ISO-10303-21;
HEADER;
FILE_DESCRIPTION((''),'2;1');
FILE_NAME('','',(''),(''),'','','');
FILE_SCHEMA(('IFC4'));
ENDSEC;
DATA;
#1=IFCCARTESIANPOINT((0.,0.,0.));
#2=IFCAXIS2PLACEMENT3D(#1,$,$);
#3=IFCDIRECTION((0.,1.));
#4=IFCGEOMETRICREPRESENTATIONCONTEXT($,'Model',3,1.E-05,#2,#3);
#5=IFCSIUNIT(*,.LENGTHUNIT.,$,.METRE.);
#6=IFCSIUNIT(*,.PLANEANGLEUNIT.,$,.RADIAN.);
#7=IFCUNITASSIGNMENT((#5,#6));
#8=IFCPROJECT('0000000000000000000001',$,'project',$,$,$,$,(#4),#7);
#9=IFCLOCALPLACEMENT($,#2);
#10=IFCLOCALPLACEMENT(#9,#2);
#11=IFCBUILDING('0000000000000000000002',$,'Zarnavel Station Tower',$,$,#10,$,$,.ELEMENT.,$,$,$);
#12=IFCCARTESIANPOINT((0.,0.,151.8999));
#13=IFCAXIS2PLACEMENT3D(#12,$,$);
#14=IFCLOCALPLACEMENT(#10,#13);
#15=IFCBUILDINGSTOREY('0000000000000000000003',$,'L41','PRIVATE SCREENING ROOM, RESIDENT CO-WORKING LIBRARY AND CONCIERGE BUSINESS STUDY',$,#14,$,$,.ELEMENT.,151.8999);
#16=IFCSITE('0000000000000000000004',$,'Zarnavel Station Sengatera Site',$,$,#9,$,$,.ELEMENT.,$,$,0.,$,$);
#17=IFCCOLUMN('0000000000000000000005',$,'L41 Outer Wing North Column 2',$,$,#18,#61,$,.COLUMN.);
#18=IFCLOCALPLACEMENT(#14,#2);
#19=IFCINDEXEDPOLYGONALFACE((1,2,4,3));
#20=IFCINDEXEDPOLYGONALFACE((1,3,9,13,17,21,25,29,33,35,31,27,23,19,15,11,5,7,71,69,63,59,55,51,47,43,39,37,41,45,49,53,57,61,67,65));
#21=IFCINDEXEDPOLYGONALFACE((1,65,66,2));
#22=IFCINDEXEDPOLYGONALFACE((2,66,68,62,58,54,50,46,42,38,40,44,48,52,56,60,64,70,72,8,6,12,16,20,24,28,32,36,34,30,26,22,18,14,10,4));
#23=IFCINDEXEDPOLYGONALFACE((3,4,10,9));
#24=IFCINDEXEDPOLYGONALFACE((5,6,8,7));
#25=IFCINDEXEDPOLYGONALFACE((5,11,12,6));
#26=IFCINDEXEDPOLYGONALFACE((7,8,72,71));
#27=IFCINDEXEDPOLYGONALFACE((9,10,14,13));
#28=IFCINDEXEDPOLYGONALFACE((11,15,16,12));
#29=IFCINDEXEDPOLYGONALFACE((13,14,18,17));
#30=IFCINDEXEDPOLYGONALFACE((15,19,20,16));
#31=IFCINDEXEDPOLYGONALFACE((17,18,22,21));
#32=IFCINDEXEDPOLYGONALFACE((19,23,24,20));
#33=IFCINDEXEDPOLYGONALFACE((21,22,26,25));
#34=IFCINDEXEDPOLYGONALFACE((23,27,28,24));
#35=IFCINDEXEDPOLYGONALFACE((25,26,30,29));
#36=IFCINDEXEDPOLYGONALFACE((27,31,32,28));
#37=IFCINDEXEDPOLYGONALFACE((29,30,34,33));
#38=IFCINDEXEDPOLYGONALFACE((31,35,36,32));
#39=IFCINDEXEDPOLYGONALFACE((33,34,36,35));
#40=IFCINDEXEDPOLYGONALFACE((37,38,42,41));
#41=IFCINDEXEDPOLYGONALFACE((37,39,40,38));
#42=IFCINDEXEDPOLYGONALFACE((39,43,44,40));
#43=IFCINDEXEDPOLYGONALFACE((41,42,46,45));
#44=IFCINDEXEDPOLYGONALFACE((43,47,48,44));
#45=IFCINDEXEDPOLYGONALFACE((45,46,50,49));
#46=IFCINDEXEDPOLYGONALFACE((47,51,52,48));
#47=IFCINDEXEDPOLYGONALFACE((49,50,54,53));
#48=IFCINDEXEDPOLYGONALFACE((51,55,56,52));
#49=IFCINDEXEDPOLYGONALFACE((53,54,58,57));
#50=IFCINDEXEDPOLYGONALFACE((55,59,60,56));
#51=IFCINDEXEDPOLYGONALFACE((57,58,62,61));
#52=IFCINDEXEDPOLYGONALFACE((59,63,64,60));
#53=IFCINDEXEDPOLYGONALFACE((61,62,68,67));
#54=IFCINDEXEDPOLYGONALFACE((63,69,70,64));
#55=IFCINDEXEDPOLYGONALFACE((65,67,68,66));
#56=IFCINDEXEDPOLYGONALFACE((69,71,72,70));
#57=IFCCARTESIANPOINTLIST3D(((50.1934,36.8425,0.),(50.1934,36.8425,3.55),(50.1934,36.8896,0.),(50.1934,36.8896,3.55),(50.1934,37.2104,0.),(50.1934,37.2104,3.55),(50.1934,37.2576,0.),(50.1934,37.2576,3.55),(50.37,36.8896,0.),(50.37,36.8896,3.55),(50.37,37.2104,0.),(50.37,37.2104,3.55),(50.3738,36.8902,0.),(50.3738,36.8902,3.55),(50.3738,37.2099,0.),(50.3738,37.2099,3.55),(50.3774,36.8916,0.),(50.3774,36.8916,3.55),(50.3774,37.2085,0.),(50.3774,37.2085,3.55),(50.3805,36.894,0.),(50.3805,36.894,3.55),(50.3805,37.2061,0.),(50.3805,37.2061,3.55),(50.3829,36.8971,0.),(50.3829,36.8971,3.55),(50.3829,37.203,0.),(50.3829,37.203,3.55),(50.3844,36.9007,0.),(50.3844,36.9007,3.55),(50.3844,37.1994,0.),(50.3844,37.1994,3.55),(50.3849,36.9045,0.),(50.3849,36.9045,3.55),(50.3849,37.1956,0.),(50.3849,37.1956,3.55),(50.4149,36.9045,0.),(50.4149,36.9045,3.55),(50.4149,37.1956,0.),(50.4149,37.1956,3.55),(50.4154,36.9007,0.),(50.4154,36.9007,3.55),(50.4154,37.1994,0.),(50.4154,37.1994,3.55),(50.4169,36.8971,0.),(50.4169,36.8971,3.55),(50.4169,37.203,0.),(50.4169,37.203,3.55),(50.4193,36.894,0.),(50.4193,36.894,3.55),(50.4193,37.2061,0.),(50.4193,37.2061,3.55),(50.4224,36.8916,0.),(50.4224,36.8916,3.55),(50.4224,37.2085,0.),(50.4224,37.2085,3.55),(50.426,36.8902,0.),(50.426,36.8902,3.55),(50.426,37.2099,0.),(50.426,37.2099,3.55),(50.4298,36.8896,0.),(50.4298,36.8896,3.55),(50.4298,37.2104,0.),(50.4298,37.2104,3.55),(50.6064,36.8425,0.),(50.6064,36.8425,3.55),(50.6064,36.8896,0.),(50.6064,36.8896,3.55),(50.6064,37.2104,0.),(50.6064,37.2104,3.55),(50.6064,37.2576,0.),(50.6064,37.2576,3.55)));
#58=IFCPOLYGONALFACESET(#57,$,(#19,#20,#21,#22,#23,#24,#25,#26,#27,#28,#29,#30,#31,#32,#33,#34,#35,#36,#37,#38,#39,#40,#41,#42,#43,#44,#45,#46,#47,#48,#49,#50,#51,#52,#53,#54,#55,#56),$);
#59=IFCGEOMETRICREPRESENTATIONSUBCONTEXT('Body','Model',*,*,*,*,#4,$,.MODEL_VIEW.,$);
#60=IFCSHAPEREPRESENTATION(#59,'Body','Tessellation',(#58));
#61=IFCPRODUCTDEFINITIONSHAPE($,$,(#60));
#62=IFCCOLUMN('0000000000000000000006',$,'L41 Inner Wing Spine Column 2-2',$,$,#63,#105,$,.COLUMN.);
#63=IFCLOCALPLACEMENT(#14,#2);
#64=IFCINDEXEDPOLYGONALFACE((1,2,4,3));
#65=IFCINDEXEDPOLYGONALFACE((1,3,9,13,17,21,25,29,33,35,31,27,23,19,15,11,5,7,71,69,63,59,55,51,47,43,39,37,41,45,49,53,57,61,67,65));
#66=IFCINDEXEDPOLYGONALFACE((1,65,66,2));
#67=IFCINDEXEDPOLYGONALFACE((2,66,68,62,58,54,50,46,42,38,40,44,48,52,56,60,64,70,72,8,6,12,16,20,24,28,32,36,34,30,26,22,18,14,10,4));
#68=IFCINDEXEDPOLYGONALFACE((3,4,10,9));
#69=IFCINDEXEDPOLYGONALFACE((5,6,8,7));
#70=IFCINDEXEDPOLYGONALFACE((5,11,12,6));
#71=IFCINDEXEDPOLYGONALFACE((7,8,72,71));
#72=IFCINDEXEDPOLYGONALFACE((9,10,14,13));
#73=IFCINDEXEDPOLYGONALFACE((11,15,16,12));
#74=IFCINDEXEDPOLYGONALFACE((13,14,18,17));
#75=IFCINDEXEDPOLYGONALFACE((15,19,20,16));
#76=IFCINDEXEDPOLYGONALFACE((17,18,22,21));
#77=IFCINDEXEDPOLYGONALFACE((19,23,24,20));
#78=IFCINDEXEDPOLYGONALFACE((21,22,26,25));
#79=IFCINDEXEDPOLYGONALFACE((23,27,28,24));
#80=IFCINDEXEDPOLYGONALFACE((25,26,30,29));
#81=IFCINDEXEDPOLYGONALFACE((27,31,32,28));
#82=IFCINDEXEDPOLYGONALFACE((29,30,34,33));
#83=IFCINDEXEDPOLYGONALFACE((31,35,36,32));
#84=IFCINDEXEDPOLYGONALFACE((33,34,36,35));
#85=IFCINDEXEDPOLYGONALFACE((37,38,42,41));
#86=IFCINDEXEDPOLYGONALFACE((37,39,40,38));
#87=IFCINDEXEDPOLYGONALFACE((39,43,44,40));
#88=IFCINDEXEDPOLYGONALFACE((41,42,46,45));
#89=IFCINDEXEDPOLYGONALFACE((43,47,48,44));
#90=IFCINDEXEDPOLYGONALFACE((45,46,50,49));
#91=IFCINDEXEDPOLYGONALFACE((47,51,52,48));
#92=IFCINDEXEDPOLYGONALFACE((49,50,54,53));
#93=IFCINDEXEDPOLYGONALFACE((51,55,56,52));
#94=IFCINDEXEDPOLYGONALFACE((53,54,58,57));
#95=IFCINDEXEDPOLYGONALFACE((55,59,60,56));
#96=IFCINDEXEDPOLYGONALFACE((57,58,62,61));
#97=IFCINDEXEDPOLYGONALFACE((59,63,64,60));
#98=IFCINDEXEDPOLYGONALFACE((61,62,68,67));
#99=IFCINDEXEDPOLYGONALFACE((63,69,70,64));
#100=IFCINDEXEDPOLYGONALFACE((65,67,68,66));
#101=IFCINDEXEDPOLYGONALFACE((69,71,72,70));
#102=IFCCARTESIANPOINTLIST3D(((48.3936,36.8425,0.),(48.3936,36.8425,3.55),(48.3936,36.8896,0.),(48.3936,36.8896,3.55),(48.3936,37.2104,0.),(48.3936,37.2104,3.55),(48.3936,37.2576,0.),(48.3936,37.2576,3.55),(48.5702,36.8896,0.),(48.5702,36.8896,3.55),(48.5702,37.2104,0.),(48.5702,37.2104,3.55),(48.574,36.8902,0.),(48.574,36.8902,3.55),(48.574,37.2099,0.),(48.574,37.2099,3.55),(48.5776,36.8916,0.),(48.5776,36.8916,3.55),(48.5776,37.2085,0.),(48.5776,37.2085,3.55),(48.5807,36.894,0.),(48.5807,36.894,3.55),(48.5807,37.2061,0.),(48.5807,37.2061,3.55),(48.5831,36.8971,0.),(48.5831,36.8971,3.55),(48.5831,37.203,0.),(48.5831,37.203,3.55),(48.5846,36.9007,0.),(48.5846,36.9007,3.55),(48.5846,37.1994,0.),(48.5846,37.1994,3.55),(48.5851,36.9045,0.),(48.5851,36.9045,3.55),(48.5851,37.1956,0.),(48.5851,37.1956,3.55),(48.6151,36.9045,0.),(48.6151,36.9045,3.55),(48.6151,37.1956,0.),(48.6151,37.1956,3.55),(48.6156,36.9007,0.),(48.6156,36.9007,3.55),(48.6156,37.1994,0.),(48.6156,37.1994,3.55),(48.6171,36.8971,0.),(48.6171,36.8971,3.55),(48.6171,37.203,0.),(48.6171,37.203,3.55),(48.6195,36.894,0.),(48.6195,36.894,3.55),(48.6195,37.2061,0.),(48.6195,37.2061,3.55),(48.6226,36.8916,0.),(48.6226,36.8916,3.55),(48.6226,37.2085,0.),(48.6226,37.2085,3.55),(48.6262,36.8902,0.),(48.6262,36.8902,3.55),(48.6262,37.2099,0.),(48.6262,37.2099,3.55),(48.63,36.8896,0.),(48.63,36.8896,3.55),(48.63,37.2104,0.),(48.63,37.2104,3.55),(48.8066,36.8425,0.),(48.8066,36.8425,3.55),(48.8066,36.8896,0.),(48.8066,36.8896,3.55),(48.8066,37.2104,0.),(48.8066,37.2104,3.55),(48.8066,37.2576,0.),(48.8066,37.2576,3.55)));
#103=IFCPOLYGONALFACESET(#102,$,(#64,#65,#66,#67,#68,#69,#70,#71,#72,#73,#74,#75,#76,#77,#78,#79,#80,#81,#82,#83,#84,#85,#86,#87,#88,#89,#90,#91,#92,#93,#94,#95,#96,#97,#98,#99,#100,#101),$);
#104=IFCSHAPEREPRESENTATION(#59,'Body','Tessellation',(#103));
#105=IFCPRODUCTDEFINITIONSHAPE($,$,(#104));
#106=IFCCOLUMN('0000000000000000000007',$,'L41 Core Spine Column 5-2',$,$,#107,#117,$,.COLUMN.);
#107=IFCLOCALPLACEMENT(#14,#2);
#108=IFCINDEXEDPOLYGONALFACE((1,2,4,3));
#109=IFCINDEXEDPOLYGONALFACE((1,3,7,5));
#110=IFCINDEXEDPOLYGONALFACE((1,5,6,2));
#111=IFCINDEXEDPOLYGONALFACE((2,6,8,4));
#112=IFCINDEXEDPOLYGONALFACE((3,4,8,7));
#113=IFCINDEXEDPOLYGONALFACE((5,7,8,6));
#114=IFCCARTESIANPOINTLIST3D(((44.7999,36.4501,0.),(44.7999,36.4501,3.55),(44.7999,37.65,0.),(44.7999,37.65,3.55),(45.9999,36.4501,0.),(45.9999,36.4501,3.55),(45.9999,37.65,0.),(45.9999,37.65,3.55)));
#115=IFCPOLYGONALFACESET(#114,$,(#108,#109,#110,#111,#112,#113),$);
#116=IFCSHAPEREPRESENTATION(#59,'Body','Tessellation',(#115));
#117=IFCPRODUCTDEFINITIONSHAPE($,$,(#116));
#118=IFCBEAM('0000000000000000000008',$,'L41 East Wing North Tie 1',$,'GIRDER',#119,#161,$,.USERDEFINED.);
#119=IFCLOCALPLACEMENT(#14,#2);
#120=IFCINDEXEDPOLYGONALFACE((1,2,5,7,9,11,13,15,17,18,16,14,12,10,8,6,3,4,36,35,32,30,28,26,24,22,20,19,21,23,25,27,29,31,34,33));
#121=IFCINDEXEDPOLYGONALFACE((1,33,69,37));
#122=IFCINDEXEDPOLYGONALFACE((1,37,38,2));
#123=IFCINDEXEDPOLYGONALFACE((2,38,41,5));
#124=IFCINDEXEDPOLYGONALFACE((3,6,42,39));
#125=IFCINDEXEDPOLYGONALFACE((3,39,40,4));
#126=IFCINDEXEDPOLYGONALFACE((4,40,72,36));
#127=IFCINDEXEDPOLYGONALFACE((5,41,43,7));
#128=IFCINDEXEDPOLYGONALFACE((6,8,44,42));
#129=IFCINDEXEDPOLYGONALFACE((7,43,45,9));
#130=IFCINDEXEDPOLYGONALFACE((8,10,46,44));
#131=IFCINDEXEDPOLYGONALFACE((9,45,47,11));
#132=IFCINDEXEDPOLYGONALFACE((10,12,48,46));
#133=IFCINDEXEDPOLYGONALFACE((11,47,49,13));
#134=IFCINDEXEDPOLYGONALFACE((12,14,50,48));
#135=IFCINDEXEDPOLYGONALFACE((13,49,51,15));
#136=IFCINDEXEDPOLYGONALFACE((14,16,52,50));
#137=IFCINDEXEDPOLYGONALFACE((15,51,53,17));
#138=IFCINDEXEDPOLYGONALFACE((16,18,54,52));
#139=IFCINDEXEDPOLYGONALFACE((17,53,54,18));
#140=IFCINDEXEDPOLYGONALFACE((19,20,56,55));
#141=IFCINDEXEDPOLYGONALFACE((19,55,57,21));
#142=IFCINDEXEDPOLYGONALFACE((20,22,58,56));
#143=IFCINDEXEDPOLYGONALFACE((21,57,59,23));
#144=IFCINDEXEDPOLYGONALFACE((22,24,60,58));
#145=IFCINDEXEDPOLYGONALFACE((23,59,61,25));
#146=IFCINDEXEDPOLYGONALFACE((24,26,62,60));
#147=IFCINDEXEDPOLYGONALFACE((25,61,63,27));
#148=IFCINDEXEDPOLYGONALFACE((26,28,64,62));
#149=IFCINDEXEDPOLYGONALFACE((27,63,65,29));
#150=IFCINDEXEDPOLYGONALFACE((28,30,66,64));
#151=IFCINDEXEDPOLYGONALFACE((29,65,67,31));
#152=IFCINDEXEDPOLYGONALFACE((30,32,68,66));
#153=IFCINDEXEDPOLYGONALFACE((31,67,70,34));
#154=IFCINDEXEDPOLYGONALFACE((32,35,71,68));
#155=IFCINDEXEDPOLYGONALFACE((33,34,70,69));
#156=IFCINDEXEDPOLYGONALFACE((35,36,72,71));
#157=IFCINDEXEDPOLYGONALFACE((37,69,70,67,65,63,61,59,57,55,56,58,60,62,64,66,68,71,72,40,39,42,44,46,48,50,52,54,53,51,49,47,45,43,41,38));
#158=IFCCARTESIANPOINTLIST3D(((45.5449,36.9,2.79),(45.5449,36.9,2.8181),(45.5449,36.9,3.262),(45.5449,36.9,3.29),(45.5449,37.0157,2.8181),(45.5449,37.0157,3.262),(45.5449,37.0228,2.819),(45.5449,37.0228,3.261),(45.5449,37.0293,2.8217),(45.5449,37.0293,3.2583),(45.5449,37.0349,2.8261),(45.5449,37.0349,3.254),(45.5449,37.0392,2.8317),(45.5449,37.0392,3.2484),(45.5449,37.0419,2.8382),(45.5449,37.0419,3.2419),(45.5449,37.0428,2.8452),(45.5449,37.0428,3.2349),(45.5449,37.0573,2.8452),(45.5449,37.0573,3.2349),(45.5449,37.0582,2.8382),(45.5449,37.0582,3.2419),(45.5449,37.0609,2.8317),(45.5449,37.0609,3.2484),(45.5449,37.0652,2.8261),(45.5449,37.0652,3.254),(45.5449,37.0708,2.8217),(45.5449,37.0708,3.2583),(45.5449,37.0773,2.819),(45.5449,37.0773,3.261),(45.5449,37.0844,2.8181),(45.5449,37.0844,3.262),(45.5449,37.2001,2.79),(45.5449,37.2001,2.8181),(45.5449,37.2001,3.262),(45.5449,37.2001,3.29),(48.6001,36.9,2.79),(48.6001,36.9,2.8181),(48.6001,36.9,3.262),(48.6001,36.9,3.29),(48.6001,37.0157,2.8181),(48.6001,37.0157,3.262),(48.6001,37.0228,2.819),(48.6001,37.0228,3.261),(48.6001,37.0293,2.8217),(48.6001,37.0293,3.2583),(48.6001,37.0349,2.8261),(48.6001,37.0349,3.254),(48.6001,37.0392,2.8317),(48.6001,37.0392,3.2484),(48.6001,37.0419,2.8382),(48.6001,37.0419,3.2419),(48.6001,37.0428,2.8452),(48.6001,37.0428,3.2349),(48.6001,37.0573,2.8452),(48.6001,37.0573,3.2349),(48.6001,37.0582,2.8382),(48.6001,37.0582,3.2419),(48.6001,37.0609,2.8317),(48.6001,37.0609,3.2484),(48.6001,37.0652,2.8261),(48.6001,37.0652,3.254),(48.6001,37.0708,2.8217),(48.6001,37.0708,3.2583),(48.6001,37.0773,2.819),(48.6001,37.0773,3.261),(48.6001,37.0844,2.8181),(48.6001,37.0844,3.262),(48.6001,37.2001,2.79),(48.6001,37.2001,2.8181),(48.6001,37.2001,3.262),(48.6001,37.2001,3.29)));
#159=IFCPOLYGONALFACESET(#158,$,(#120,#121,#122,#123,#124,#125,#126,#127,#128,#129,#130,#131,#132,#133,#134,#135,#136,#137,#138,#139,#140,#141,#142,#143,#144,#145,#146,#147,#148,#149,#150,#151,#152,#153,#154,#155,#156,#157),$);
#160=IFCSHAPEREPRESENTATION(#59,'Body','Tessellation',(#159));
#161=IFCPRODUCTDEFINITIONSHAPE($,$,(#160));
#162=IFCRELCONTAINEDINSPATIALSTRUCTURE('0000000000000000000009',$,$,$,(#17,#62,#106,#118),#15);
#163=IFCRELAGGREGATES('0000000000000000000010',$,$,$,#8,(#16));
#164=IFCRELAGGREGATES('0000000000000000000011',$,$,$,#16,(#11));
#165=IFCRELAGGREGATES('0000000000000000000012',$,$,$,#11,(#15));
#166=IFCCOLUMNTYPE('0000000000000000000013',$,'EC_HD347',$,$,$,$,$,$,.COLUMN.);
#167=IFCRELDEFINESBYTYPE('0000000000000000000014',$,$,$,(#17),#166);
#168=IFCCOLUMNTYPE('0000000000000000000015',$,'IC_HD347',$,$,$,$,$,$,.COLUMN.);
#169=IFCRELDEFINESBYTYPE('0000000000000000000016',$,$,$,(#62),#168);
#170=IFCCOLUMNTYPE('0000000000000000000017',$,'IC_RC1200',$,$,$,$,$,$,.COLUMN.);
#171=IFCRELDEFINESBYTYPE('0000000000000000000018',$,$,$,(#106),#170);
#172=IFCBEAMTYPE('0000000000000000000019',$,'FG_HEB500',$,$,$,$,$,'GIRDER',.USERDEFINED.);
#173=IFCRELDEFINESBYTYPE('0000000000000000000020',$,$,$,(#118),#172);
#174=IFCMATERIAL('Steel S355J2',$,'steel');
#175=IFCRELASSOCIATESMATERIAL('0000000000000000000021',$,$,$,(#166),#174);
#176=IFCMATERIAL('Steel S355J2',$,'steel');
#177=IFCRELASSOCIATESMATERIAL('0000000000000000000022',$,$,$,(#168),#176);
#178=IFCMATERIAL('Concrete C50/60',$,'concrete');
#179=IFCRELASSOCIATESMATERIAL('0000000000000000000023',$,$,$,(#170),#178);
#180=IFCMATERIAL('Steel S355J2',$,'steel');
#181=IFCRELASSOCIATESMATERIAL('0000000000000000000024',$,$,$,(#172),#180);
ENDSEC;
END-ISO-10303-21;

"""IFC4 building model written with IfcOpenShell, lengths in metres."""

from ifc_helpers import new_model, si_unit, direction, frame, origin, origin_2d, place, context, subcontext, project, spatial, rectangle, i_section, extrude, material, material_profile, profile_set, type_object, element, save


model = new_model("IFC4")

# Units and contexts
model_context = context("Model", 3, precision=1e-05, world=origin(), true_north=direction((0.0, 1.0)))
body_context = subcontext(model_context, "Body", "Model", "MODEL_VIEW")
ifc_project = project(units=[si_unit("LENGTHUNIT", "METRE"), si_unit("PLANEANGLEUNIT", "RADIAN")], contexts=[model_context])

# Site, building, storey
site_placement = place(None, origin())
site = spatial("IfcSite", under=ifc_project, at=site_placement, Name="Zarnavel Station Sengatera Site", CompositionType="ELEMENT", RefElevation=0.0)
building_placement = place(site_placement, origin())
building = spatial("IfcBuilding", under=site, at=building_placement, Name="Zarnavel Station Tower", CompositionType="ELEMENT")
storey_placement = place(building_placement, frame((0.0, 0.0, 151.8999)))
storey = spatial("IfcBuildingStorey", under=building, at=storey_placement, Name="L41", Description="PRIVATE SCREENING ROOM, RESIDENT CO-WORKING LIBRARY AND CONCIERGE BUSINESS STUDY", CompositionType="ELEMENT", Elevation=151.8999)

# Columns
ifc_material_1 = material(Name="Steel S355J2", Category="steel")
ifc_material_profile_1 = material_profile(ifc_material_1, i_section(OverallWidth=0.4131, OverallDepth=0.415, WebThickness=0.03, FlangeThickness=0.0471, FilletRadius=0.0149, at=origin_2d()), Name="HD400x347")
ifc_profile_set_1 = profile_set([ifc_material_profile_1], Name="Steel S355J2")
column_type_1 = type_object("IfcColumnType", Name="EC_HD347", PredefinedType="COLUMN", material=ifc_profile_set_1)
column_1_placement = place(storey_placement, frame((50.3999, 37.05, 0.0), z_axis=(0.0, 0.0, 1.0), x_axis=(1.0, 0.0, 0.0)))
element("IfcColumn", 1, at=column_1_placement, inside=storey, type_object=column_type_1, Name="L41 Outer Wing North Column 2", PredefinedType="COLUMN", context=body_context, shape_type="SweptSolid", body=[
    extrude(i_section(OverallWidth=0.4131, OverallDepth=0.415, WebThickness=0.03, FlangeThickness=0.0471, FilletRadius=0.0149, at=origin_2d()), origin(), (0.0, 0.0, 1.0), 3.55),
])
ifc_material_2 = material(Name="Steel S355J2", Category="steel")
ifc_material_profile_2 = material_profile(ifc_material_2, i_section(OverallWidth=0.4131, OverallDepth=0.415, WebThickness=0.03, FlangeThickness=0.0471, FilletRadius=0.0149, at=origin_2d()), Name="HD400x347")
ifc_profile_set_2 = profile_set([ifc_material_profile_2], Name="Steel S355J2")
column_type_2 = type_object("IfcColumnType", Name="IC_HD347", PredefinedType="COLUMN", material=ifc_profile_set_2)
column_2_placement = place(storey_placement, frame((48.6001, 37.05, 0.0), z_axis=(0.0, 0.0, 1.0), x_axis=(1.0, 0.0, 0.0)))
element("IfcColumn", 2, at=column_2_placement, inside=storey, type_object=column_type_2, Name="L41 Inner Wing Spine Column 2-2", PredefinedType="COLUMN", context=body_context, shape_type="SweptSolid", body=[
    extrude(i_section(OverallWidth=0.4131, OverallDepth=0.415, WebThickness=0.03, FlangeThickness=0.0471, FilletRadius=0.0149, at=origin_2d()), origin(), (0.0, 0.0, 1.0), 3.55),
])
ifc_material_3 = material(Name="Concrete C50/60", Category="concrete")
ifc_material_profile_3 = material_profile(ifc_material_3, rectangle(XDim=1.2, YDim=1.2, at=origin_2d()), Name="RC1200x1200")
ifc_profile_set_3 = profile_set([ifc_material_profile_3], Name="Concrete C50/60")
column_type_3 = type_object("IfcColumnType", Name="IC_RC1200", PredefinedType="COLUMN", material=ifc_profile_set_3)
column_3_placement = place(storey_placement, frame((45.3999, 37.05, 0.0), z_axis=(0.0, 0.0, 1.0), x_axis=(1.0, 0.0, 0.0)))
element("IfcColumn", 3, at=column_3_placement, inside=storey, type_object=column_type_3, Name="L41 Core Spine Column 5-2", PredefinedType="COLUMN", context=body_context, shape_type="SweptSolid", body=[
    extrude(rectangle(XDim=1.2, YDim=1.2, at=origin_2d()), origin(), (0.0, 0.0, 1.0), 3.55),
])

# Beam
ifc_material_4 = material(Name="Steel S355J2", Category="steel")
ifc_material_profile_4 = material_profile(ifc_material_4, i_section(OverallWidth=0.3, OverallDepth=0.5, WebThickness=0.0144, FlangeThickness=0.0281, FilletRadius=0.0271, at=origin_2d()), Name="HEB500")
ifc_profile_set_4 = profile_set([ifc_material_profile_4], Name="Steel S355J2")
beam_type = type_object("IfcBeamType", Name="FG_HEB500", ElementType="GIRDER", PredefinedType="USERDEFINED", material=ifc_profile_set_4)
beam_1_placement = place(storey_placement, frame((45.5449, 37.05, 3.04), z_axis=(1.0, 0.0, 0.0), x_axis=(0.0, 1.0, 0.0)))
element("IfcBeam", 4, at=beam_1_placement, inside=storey, type_object=beam_type, Name="L41 East Wing North Tie 1", ObjectType="GIRDER", PredefinedType="USERDEFINED", context=body_context, shape_type="SweptSolid", body=[
    extrude(i_section(OverallWidth=0.3, OverallDepth=0.5, WebThickness=0.0144, FlangeThickness=0.0281, FilletRadius=0.0271, at=origin_2d()), origin(), (0.0, 0.0, 1.0), 3.0552),
])

save(model, "model.ifc")
